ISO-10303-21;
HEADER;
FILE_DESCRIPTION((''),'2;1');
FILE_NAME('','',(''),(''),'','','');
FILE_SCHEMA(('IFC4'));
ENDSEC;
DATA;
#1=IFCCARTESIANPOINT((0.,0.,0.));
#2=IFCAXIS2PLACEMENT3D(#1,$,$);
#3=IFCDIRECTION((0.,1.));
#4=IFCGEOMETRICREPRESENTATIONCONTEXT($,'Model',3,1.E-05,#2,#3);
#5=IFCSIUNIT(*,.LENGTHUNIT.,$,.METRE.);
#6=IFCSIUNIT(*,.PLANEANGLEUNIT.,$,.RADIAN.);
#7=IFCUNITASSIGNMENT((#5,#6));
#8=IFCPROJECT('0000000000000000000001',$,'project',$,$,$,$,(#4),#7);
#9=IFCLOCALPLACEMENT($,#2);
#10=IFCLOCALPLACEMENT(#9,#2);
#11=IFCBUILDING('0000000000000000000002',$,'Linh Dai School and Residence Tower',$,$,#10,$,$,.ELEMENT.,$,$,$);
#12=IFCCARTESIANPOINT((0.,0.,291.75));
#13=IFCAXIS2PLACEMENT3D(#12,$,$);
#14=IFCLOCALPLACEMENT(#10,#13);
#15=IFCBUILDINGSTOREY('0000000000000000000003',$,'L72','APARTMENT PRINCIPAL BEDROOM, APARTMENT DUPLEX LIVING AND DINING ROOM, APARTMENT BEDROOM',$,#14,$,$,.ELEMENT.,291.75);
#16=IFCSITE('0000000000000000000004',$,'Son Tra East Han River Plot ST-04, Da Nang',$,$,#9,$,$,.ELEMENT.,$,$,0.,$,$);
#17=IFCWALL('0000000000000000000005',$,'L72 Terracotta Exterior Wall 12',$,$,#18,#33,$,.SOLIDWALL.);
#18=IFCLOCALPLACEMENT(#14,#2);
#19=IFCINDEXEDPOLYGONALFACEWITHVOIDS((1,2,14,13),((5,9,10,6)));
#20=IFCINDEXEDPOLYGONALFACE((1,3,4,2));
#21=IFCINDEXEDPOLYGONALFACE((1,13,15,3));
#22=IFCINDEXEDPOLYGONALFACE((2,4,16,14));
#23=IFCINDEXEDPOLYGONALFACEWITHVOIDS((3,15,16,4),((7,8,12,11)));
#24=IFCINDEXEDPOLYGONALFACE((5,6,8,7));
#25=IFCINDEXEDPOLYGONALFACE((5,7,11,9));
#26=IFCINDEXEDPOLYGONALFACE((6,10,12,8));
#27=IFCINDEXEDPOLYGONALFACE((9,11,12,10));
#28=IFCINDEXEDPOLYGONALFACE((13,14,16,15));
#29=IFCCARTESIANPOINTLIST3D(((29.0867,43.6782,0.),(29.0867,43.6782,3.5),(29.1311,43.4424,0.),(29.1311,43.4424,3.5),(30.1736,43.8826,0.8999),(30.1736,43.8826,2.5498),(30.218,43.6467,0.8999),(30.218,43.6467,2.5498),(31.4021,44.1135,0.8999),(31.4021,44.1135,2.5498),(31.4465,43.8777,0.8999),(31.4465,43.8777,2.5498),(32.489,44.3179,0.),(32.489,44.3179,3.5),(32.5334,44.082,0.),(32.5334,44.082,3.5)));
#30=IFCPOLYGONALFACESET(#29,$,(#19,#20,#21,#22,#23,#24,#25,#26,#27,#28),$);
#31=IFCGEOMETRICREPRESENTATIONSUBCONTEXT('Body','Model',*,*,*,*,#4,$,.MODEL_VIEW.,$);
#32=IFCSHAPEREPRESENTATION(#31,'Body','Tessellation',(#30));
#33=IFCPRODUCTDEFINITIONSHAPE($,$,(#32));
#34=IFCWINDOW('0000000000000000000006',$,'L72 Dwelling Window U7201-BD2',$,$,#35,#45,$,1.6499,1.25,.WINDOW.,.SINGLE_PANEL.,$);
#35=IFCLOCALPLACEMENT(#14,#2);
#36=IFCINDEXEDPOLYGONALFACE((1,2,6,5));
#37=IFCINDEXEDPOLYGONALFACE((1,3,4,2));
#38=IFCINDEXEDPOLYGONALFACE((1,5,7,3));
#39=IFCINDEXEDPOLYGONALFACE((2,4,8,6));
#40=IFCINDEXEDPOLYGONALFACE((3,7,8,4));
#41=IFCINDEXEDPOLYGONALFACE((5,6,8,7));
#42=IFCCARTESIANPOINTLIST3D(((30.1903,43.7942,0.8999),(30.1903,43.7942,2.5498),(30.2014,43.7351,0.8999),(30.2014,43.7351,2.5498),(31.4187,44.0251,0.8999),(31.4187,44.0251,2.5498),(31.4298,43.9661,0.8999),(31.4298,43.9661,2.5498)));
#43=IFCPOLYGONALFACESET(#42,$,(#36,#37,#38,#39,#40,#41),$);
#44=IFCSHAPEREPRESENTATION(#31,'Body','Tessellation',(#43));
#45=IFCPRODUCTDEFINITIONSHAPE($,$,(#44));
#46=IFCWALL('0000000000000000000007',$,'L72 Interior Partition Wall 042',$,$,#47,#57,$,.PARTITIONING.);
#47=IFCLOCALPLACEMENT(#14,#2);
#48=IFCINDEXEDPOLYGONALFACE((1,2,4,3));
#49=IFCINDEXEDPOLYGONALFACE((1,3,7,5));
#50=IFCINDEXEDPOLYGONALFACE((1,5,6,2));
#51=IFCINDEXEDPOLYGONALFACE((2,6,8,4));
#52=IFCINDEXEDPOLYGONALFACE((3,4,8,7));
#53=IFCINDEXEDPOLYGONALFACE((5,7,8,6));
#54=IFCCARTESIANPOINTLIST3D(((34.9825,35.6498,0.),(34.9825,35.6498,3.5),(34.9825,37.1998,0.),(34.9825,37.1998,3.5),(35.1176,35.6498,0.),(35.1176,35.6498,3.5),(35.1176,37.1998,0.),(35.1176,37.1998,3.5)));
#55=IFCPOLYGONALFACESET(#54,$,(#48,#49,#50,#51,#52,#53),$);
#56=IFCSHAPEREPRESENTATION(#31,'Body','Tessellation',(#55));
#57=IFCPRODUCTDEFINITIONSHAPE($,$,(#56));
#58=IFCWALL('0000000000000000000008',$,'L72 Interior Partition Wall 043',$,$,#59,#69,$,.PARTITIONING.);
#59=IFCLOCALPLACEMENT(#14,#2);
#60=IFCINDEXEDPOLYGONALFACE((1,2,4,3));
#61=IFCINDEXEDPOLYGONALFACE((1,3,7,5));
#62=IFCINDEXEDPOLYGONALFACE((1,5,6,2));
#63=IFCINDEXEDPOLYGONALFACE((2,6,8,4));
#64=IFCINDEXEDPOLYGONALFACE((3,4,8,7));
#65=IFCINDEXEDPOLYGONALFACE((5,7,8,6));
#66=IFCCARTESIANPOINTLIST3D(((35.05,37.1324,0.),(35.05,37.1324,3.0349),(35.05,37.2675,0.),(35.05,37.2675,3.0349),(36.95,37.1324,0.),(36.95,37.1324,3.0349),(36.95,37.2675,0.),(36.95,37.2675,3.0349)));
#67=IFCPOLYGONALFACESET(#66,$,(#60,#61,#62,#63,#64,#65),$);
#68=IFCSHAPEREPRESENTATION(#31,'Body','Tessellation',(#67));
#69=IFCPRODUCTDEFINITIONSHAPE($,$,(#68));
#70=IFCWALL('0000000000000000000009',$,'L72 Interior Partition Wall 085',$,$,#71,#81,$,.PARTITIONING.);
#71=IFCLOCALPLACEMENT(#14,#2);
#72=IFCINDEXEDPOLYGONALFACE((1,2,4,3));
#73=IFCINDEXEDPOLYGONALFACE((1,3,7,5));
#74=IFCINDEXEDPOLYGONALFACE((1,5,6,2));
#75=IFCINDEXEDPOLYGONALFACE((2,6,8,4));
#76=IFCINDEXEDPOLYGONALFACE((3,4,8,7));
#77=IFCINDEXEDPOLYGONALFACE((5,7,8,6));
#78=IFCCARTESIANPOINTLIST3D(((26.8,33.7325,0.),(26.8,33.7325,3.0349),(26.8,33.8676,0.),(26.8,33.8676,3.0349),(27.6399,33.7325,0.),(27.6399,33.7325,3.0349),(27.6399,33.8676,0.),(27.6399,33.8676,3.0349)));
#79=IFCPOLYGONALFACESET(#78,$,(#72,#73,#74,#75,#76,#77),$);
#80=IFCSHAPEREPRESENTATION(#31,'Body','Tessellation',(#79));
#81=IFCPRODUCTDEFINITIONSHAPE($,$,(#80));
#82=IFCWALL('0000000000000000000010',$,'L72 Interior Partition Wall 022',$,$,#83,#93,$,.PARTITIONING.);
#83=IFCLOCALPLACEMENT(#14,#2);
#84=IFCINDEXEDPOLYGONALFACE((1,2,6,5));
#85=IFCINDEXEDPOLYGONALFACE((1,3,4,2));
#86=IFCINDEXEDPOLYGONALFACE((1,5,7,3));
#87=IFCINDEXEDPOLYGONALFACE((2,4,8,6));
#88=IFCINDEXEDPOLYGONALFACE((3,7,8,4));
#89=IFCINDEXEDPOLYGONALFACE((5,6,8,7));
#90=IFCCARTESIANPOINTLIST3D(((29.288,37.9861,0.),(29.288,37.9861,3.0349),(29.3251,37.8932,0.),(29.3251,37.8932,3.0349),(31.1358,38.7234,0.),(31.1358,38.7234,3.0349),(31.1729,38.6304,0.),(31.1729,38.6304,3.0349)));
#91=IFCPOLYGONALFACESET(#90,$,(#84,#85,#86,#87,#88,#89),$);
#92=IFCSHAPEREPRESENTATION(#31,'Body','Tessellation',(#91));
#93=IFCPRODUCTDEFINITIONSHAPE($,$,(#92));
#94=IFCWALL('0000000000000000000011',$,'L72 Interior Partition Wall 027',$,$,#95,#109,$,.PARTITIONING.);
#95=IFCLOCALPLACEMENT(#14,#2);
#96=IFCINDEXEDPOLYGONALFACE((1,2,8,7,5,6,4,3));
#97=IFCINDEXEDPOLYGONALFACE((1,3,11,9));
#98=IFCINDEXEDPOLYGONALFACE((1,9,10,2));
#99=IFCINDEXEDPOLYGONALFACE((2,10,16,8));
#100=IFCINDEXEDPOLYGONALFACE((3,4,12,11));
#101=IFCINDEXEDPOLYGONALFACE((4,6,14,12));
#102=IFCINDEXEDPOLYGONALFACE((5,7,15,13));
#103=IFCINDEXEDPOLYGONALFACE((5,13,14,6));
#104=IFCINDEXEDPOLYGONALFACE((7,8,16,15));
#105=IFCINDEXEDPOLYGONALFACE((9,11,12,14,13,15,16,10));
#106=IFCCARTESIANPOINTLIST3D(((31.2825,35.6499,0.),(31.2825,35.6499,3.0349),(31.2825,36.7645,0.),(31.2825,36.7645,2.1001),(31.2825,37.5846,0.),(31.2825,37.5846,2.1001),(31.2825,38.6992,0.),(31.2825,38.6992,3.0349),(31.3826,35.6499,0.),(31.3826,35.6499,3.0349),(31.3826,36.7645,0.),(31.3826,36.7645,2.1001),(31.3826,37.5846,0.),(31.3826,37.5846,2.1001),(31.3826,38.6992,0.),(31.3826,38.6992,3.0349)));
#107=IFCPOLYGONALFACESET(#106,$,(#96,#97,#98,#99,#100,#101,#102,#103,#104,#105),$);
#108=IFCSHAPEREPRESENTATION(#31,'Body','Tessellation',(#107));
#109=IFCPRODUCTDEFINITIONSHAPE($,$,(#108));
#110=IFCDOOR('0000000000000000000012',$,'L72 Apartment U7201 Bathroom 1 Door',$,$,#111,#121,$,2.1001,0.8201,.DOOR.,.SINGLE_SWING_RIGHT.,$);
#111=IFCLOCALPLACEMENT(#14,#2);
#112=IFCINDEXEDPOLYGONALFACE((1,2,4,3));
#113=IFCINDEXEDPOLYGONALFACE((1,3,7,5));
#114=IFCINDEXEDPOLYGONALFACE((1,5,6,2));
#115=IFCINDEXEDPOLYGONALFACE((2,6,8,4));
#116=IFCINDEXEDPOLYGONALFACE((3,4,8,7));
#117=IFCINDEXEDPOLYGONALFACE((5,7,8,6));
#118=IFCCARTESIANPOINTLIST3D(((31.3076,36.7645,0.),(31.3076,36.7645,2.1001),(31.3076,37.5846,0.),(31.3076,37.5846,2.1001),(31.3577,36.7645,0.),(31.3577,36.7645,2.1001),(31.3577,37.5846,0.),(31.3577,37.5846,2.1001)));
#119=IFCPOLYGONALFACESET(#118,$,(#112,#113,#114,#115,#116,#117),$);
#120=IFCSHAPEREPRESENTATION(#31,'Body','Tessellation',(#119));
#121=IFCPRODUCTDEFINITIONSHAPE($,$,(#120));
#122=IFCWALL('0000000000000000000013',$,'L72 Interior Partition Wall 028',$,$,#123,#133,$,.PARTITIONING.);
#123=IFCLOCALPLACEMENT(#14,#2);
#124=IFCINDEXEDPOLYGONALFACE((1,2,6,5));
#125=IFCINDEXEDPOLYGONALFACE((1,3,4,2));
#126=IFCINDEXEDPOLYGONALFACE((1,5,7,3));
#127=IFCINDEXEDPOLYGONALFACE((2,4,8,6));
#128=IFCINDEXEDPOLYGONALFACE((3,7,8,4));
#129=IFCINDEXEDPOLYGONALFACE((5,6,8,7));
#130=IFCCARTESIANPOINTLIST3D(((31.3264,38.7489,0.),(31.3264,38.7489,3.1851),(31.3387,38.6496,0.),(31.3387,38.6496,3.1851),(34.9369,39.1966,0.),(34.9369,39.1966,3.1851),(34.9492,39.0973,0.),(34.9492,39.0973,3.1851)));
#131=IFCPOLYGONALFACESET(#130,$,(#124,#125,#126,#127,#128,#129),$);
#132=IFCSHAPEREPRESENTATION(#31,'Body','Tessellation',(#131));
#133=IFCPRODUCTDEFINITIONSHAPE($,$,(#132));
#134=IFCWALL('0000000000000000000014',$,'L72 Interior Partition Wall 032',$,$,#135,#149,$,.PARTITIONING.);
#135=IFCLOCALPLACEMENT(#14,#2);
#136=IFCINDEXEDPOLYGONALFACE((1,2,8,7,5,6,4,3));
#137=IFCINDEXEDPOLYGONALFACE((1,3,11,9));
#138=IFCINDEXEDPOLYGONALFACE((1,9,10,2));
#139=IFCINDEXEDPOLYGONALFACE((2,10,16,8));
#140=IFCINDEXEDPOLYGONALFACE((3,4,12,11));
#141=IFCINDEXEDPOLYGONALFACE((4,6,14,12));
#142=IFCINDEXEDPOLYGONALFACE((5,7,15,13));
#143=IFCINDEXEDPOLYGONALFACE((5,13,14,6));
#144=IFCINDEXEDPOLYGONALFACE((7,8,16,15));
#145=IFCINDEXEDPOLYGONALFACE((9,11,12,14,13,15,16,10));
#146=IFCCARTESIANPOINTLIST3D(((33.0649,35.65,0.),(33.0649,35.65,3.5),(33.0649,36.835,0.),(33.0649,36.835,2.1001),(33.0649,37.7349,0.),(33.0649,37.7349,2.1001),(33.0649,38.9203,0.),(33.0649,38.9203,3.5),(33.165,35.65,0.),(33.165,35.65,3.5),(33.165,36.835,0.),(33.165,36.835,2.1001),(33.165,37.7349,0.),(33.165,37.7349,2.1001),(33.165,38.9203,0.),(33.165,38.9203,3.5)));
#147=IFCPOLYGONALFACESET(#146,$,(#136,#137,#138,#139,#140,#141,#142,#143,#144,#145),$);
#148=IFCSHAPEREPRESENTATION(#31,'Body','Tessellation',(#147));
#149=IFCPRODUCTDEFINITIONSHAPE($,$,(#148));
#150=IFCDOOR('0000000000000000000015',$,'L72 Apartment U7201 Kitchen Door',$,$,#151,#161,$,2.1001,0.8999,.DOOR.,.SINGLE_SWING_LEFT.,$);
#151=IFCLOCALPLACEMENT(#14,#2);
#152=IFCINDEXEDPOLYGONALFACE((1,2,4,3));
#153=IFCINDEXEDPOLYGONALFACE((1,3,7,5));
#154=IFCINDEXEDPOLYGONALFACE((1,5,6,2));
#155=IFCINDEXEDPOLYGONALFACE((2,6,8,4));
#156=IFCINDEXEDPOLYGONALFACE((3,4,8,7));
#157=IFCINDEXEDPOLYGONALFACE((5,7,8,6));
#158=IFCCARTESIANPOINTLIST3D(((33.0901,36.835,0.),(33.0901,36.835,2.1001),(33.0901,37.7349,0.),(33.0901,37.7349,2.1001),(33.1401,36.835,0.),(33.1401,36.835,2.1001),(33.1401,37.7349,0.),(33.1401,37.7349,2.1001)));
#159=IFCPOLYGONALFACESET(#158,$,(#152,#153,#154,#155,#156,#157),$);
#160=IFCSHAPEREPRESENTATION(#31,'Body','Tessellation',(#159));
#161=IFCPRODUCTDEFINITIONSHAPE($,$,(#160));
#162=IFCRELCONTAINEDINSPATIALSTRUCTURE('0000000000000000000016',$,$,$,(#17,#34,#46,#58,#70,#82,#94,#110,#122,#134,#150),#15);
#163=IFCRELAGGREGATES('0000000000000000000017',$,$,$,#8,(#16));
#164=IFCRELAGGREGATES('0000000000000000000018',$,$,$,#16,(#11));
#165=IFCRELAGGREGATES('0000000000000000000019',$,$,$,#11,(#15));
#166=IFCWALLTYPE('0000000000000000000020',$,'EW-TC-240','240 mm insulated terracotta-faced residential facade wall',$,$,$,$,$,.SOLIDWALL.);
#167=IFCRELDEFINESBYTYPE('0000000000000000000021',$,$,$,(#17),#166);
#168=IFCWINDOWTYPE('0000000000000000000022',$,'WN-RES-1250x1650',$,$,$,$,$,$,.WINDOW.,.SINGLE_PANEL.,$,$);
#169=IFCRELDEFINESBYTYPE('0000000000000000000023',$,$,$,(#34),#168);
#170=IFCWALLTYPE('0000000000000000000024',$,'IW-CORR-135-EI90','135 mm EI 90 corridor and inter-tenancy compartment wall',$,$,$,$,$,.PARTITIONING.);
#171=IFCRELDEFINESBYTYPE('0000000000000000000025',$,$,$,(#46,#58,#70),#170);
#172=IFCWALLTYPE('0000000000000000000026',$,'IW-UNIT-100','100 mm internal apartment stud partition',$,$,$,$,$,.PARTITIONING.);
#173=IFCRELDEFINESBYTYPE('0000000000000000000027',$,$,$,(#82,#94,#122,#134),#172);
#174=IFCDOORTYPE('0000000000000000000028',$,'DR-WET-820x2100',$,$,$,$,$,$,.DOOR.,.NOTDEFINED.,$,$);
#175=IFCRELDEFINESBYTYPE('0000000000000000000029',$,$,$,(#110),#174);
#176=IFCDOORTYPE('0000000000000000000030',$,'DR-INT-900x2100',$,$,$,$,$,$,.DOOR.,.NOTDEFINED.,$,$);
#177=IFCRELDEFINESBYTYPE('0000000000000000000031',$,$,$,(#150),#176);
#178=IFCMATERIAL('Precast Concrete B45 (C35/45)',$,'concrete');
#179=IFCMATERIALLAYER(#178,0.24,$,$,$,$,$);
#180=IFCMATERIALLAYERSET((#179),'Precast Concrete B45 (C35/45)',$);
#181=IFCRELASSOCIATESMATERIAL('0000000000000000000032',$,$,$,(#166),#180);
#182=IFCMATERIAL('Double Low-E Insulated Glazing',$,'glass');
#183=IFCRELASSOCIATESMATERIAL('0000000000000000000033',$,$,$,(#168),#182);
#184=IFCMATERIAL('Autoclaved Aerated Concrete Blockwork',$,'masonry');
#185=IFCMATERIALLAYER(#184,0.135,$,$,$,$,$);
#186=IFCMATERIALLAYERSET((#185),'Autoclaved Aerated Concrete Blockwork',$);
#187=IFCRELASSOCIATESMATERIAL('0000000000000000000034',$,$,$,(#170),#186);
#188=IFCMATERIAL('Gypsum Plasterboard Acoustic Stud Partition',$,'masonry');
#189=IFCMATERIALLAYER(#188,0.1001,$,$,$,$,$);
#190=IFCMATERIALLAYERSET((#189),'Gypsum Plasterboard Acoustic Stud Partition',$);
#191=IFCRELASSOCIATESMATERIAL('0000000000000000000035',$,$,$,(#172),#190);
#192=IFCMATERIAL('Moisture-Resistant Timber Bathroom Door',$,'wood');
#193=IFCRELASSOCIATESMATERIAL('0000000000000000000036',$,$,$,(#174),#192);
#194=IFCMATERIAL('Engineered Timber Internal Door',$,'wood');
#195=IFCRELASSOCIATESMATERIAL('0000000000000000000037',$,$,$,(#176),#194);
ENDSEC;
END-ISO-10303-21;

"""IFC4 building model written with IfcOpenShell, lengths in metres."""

from ifc_helpers import new_model, si_unit, direction, frame, frame_2d, origin, origin_2d, place, context, subcontext, project, spatial, rectangle, extrude, source, transform, mapped, material, layer, layer_set, type_object, element, fill, save


model = new_model("IFC4")

# Units and contexts
model_context = context("Model", 3, precision=1e-05, world=origin(), true_north=direction((0.0, 1.0)))
body_context = subcontext(model_context, "Body", "Model", "MODEL_VIEW")
ifc_project = project(units=[si_unit("LENGTHUNIT", "METRE"), si_unit("PLANEANGLEUNIT", "RADIAN")], contexts=[model_context])

# Site, building, storey
site_placement = place(None, origin())
site = spatial("IfcSite", under=ifc_project, at=site_placement, Name="Son Tra East Han River Plot ST-04, Da Nang", CompositionType="ELEMENT", RefElevation=0.0)
building_placement = place(site_placement, origin())
building = spatial("IfcBuilding", under=site, at=building_placement, Name="Linh Dai School and Residence Tower", CompositionType="ELEMENT")
storey_placement = place(building_placement, frame((0.0, 0.0, 291.75)))
storey = spatial("IfcBuildingStorey", under=building, at=storey_placement, Name="L72", Description="APARTMENT PRINCIPAL BEDROOM, APARTMENT DUPLEX LIVING AND DINING ROOM, APARTMENT BEDROOM", CompositionType="ELEMENT", Elevation=291.75)

# Shared definitions
ifc_material_1 = material(Name="Precast Concrete B45 (C35/45)", Category="concrete")
ifc_layer_1 = layer(ifc_material_1, 0.24)
ifc_layer_set_1 = layer_set([ifc_layer_1], Name="Precast Concrete B45 (C35/45)")
wall_type_1 = type_object("IfcWallType", Name="EW-TC-240", Description="240 mm insulated terracotta-faced residential facade wall", PredefinedType="SOLIDWALL", material=ifc_layer_set_1)

# Wall, opening, window
wall_1_placement = place(storey_placement, frame((29.1089, 43.5603, 0.0), z_axis=(0.0, 0.0, 1.0), x_axis=(0.982783, 0.184765, 0.0)))
wall_1 = element("IfcWall", 1, at=wall_1_placement, inside=storey, type_object=wall_type_1, Name="L72 Terracotta Exterior Wall 12", PredefinedType="SOLIDWALL", context=body_context, shape_type="SweptSolid", body=[
    extrude(rectangle(XDim=3.4619, YDim=0.24, at=frame_2d((1.731, 0.0))), origin(), (0.0, 0.0, 1.0), 3.5),
])
opening_1_placement = place(wall_1_placement, frame((1.106, 0.0, 0.8999)))
opening_1 = element("IfcOpeningElement", 2, at=opening_1_placement, cuts=wall_1, PredefinedType="OPENING", context=body_context, shape_type="SweptSolid", body=[
    extrude(rectangle(XDim=1.25, YDim=1.6499, at=origin_2d()), frame((0.625, 0.1299, 0.825), z_axis=(0.0, -1.0, 0.0), x_axis=(1.0, 0.0, 0.0)), (0.0, 0.0, 1.0), 0.26),
])
ifc_material_2 = material(Name="Double Low-E Insulated Glazing", Category="glass")
window_type = type_object("IfcWindowType", Name="WN-RES-1250x1650", PartitioningType="SINGLE_PANEL", PredefinedType="WINDOW", material=ifc_material_2)
shared_shape_1 = source(origin(), body_context, "Body", "SweptSolid", [
    extrude(rectangle(XDim=1.25, YDim=1.6499, at=origin_2d()), frame((0.625, 0.03, 0.825), z_axis=(0.0, -1.0, 0.0), x_axis=(1.0, 0.0, 0.0)), (0.0, 0.0, 1.0), 0.0601),
])
window_placement = place(opening_1_placement, origin())
window = element("IfcWindow", 3, at=window_placement, inside=storey, type_object=window_type, Name="L72 Dwelling Window U7201-BD2", OverallHeight=1.6499, OverallWidth=1.25, PartitioningType="SINGLE_PANEL", PredefinedType="WINDOW", context=body_context, shape_type="MappedRepresentation", body=[
    mapped(shared_shape_1, transform((0.0, 0.0, 0.0), x_axis=(1.0, 0.0, 0.0), y_axis=(0.0, 1.0, 0.0), z_axis=(0.0, 0.0, 1.0), scale=1.0)),
])
fill(opening_1, window)

# Walls
ifc_material_3 = material(Name="Autoclaved Aerated Concrete Blockwork", Category="masonry")
ifc_layer_2 = layer(ifc_material_3, 0.135)
ifc_layer_set_2 = layer_set([ifc_layer_2], Name="Autoclaved Aerated Concrete Blockwork")
wall_type_2 = type_object("IfcWallType", Name="IW-CORR-135-EI90", Description="135 mm EI 90 corridor and inter-tenancy compartment wall", PredefinedType="PARTITIONING", material=ifc_layer_set_2)
wall_2_placement = place(storey_placement, frame((35.05, 35.6499, 0.0), z_axis=(0.0, 0.0, 1.0), x_axis=(0.0, 1.0, 0.0)))
element("IfcWall", 4, at=wall_2_placement, inside=storey, type_object=wall_type_2, Name="L72 Interior Partition Wall 042", PredefinedType="PARTITIONING", context=body_context, shape_type="SweptSolid", body=[
    extrude(rectangle(XDim=1.55, YDim=0.135, at=frame_2d((0.7749, 0.0))), origin(), (0.0, 0.0, 1.0), 3.5),
])
wall_3_placement = place(storey_placement, frame((35.05, 37.2, 0.0), z_axis=(0.0, 0.0, 1.0), x_axis=(1.0, 0.0, 0.0)))
element("IfcWall", 5, at=wall_3_placement, inside=storey, type_object=wall_type_2, Name="L72 Interior Partition Wall 043", PredefinedType="PARTITIONING", context=body_context, shape_type="SweptSolid", body=[
    extrude(rectangle(XDim=1.8999, YDim=0.135, at=frame_2d((0.95, 0.0))), origin(), (0.0, 0.0, 1.0), 3.0349),
])
wall_4_placement = place(storey_placement, frame((27.6399, 33.8, 0.0), z_axis=(0.0, 0.0, 1.0), x_axis=(-1.0, 0.0, 0.0)))
element("IfcWall", 6, at=wall_4_placement, inside=storey, type_object=wall_type_2, Name="L72 Interior Partition Wall 085", PredefinedType="PARTITIONING", context=body_context, shape_type="SweptSolid", body=[
    extrude(rectangle(XDim=0.8398, YDim=0.135, at=frame_2d((0.4199, 0.0))), origin(), (0.0, 0.0, 1.0), 3.0349),
])
ifc_material_4 = material(Name="Gypsum Plasterboard Acoustic Stud Partition", Category="masonry")
ifc_layer_3 = layer(ifc_material_4, 0.1001)
ifc_layer_set_3 = layer_set([ifc_layer_3], Name="Gypsum Plasterboard Acoustic Stud Partition")
wall_type_3 = type_object("IfcWallType", Name="IW-UNIT-100", Description="100 mm internal apartment stud partition", PredefinedType="PARTITIONING", material=ifc_layer_set_3)
wall_5_placement = place(storey_placement, frame((29.3066, 37.9397, 0.0), z_axis=(0.0, 0.0, 1.0), x_axis=(0.928798, 0.370587, 0.0)))
element("IfcWall", 7, at=wall_5_placement, inside=storey, type_object=wall_type_3, Name="L72 Interior Partition Wall 022", PredefinedType="PARTITIONING", context=body_context, shape_type="SweptSolid", body=[
    extrude(rectangle(XDim=1.9895, YDim=0.1001, at=frame_2d((0.9946, 0.0))), origin(), (0.0, 0.0, 1.0), 3.0349),
])

# Wall, opening, door
wall_6_placement = place(storey_placement, frame((31.3325, 35.6499, 0.0), z_axis=(0.0, 0.0, 1.0), x_axis=(0.0, 1.0, 0.0)))
wall_6 = element("IfcWall", 8, at=wall_6_placement, inside=storey, type_object=wall_type_3, Name="L72 Interior Partition Wall 027", PredefinedType="PARTITIONING", context=body_context, shape_type="SweptSolid", body=[
    extrude(rectangle(XDim=3.0493, YDim=0.1001, at=frame_2d((1.5247, 0.0))), origin(), (0.0, 0.0, 1.0), 3.0349),
])
opening_2_placement = place(wall_6_placement, frame((1.1145, 0.0, 0.0)))
opening_2 = element("IfcOpeningElement", 9, at=opening_2_placement, cuts=wall_6, PredefinedType="OPENING", context=body_context, shape_type="SweptSolid", body=[
    extrude(rectangle(XDim=0.8201, YDim=2.1001, at=origin_2d()), frame((0.4102, 0.0601, 1.05), z_axis=(0.0, -1.0, 0.0), x_axis=(1.0, 0.0, 0.0)), (0.0, 0.0, 1.0), 0.1201),
])
ifc_material_5 = material(Name="Moisture-Resistant Timber Bathroom Door", Category="wood")
door_type_1 = type_object("IfcDoorType", Name="DR-WET-820x2100", OperationType="NOTDEFINED", PredefinedType="DOOR", material=ifc_material_5)
shared_shape_2 = source(origin(), body_context, "Body", "SweptSolid", [
    extrude(rectangle(XDim=0.8201, YDim=2.1001, at=origin_2d()), frame((0.4102, 0.0249, 1.05), z_axis=(0.0, -1.0, 0.0), x_axis=(1.0, 0.0, 0.0)), (0.0, 0.0, 1.0), 0.05),
])
door_1_placement = place(opening_2_placement, origin())
door_1 = element("IfcDoor", 10, at=door_1_placement, inside=storey, type_object=door_type_1, Name="L72 Apartment U7201 Bathroom 1 Door", OperationType="SINGLE_SWING_RIGHT", OverallHeight=2.1001, OverallWidth=0.8201, PredefinedType="DOOR", context=body_context, shape_type="MappedRepresentation", body=[
    mapped(shared_shape_2, transform((0.0, 0.0, 0.0), x_axis=(1.0, 0.0, 0.0), y_axis=(0.0, 1.0, 0.0), z_axis=(0.0, 0.0, 1.0), scale=1.0)),
])
fill(opening_2, door_1)

# Wall
wall_7_placement = place(storey_placement, frame((31.3325, 38.6992, 0.0), z_axis=(0.0, 0.0, 1.0), x_axis=(0.992398, 0.123068, 0.0)))
element("IfcWall", 11, at=wall_7_placement, inside=storey, type_object=wall_type_3, Name="L72 Interior Partition Wall 028", PredefinedType="PARTITIONING", context=body_context, shape_type="SweptSolid", body=[
    extrude(rectangle(XDim=3.6382, YDim=0.1001, at=frame_2d((1.8191, 0.0))), origin(), (0.0, 0.0, 1.0), 3.1851),
])

# Wall, opening, door
wall_8_placement = place(storey_placement, frame((33.115, 35.6499, 0.0), z_axis=(0.0, 0.0, 1.0), x_axis=(0.0, 1.0, 0.0)))
wall_8 = element("IfcWall", 12, at=wall_8_placement, inside=storey, type_object=wall_type_3, Name="L72 Interior Partition Wall 032", PredefinedType="PARTITIONING", context=body_context, shape_type="SweptSolid", body=[
    extrude(rectangle(XDim=3.2703, YDim=0.1001, at=frame_2d((1.6353, 0.0))), origin(), (0.0, 0.0, 1.0), 3.5),
])
opening_3_placement = place(wall_8_placement, frame((1.1851, 0.0, 0.0)))
opening_3 = element("IfcOpeningElement", 13, at=opening_3_placement, cuts=wall_8, PredefinedType="OPENING", context=body_context, shape_type="SweptSolid", body=[
    extrude(rectangle(XDim=0.8999, YDim=2.1001, at=origin_2d()), frame((0.45, 0.0601, 1.05), z_axis=(0.0, -1.0, 0.0), x_axis=(1.0, 0.0, 0.0)), (0.0, 0.0, 1.0), 0.1201),
])
ifc_material_6 = material(Name="Engineered Timber Internal Door", Category="wood")
door_type_2 = type_object("IfcDoorType", Name="DR-INT-900x2100", OperationType="NOTDEFINED", PredefinedType="DOOR", material=ifc_material_6)
shared_shape_3 = source(origin(), body_context, "Body", "SweptSolid", [
    extrude(rectangle(XDim=0.8999, YDim=2.1001, at=origin_2d()), frame((0.45, 0.0249, 1.05), z_axis=(0.0, -1.0, 0.0), x_axis=(1.0, 0.0, 0.0)), (0.0, 0.0, 1.0), 0.05),
])
door_2_placement = place(opening_3_placement, origin())
door_2 = element("IfcDoor", 14, at=door_2_placement, inside=storey, type_object=door_type_2, Name="L72 Apartment U7201 Kitchen Door", OperationType="SINGLE_SWING_LEFT", OverallHeight=2.1001, OverallWidth=0.8999, PredefinedType="DOOR", context=body_context, shape_type="MappedRepresentation", body=[
    mapped(shared_shape_3, transform((0.0, 0.0, 0.0), x_axis=(1.0, 0.0, 0.0), y_axis=(0.0, 1.0, 0.0), z_axis=(0.0, 0.0, 1.0), scale=1.0)),
])
fill(opening_3, door_2)

save(model, "model.ifc")
